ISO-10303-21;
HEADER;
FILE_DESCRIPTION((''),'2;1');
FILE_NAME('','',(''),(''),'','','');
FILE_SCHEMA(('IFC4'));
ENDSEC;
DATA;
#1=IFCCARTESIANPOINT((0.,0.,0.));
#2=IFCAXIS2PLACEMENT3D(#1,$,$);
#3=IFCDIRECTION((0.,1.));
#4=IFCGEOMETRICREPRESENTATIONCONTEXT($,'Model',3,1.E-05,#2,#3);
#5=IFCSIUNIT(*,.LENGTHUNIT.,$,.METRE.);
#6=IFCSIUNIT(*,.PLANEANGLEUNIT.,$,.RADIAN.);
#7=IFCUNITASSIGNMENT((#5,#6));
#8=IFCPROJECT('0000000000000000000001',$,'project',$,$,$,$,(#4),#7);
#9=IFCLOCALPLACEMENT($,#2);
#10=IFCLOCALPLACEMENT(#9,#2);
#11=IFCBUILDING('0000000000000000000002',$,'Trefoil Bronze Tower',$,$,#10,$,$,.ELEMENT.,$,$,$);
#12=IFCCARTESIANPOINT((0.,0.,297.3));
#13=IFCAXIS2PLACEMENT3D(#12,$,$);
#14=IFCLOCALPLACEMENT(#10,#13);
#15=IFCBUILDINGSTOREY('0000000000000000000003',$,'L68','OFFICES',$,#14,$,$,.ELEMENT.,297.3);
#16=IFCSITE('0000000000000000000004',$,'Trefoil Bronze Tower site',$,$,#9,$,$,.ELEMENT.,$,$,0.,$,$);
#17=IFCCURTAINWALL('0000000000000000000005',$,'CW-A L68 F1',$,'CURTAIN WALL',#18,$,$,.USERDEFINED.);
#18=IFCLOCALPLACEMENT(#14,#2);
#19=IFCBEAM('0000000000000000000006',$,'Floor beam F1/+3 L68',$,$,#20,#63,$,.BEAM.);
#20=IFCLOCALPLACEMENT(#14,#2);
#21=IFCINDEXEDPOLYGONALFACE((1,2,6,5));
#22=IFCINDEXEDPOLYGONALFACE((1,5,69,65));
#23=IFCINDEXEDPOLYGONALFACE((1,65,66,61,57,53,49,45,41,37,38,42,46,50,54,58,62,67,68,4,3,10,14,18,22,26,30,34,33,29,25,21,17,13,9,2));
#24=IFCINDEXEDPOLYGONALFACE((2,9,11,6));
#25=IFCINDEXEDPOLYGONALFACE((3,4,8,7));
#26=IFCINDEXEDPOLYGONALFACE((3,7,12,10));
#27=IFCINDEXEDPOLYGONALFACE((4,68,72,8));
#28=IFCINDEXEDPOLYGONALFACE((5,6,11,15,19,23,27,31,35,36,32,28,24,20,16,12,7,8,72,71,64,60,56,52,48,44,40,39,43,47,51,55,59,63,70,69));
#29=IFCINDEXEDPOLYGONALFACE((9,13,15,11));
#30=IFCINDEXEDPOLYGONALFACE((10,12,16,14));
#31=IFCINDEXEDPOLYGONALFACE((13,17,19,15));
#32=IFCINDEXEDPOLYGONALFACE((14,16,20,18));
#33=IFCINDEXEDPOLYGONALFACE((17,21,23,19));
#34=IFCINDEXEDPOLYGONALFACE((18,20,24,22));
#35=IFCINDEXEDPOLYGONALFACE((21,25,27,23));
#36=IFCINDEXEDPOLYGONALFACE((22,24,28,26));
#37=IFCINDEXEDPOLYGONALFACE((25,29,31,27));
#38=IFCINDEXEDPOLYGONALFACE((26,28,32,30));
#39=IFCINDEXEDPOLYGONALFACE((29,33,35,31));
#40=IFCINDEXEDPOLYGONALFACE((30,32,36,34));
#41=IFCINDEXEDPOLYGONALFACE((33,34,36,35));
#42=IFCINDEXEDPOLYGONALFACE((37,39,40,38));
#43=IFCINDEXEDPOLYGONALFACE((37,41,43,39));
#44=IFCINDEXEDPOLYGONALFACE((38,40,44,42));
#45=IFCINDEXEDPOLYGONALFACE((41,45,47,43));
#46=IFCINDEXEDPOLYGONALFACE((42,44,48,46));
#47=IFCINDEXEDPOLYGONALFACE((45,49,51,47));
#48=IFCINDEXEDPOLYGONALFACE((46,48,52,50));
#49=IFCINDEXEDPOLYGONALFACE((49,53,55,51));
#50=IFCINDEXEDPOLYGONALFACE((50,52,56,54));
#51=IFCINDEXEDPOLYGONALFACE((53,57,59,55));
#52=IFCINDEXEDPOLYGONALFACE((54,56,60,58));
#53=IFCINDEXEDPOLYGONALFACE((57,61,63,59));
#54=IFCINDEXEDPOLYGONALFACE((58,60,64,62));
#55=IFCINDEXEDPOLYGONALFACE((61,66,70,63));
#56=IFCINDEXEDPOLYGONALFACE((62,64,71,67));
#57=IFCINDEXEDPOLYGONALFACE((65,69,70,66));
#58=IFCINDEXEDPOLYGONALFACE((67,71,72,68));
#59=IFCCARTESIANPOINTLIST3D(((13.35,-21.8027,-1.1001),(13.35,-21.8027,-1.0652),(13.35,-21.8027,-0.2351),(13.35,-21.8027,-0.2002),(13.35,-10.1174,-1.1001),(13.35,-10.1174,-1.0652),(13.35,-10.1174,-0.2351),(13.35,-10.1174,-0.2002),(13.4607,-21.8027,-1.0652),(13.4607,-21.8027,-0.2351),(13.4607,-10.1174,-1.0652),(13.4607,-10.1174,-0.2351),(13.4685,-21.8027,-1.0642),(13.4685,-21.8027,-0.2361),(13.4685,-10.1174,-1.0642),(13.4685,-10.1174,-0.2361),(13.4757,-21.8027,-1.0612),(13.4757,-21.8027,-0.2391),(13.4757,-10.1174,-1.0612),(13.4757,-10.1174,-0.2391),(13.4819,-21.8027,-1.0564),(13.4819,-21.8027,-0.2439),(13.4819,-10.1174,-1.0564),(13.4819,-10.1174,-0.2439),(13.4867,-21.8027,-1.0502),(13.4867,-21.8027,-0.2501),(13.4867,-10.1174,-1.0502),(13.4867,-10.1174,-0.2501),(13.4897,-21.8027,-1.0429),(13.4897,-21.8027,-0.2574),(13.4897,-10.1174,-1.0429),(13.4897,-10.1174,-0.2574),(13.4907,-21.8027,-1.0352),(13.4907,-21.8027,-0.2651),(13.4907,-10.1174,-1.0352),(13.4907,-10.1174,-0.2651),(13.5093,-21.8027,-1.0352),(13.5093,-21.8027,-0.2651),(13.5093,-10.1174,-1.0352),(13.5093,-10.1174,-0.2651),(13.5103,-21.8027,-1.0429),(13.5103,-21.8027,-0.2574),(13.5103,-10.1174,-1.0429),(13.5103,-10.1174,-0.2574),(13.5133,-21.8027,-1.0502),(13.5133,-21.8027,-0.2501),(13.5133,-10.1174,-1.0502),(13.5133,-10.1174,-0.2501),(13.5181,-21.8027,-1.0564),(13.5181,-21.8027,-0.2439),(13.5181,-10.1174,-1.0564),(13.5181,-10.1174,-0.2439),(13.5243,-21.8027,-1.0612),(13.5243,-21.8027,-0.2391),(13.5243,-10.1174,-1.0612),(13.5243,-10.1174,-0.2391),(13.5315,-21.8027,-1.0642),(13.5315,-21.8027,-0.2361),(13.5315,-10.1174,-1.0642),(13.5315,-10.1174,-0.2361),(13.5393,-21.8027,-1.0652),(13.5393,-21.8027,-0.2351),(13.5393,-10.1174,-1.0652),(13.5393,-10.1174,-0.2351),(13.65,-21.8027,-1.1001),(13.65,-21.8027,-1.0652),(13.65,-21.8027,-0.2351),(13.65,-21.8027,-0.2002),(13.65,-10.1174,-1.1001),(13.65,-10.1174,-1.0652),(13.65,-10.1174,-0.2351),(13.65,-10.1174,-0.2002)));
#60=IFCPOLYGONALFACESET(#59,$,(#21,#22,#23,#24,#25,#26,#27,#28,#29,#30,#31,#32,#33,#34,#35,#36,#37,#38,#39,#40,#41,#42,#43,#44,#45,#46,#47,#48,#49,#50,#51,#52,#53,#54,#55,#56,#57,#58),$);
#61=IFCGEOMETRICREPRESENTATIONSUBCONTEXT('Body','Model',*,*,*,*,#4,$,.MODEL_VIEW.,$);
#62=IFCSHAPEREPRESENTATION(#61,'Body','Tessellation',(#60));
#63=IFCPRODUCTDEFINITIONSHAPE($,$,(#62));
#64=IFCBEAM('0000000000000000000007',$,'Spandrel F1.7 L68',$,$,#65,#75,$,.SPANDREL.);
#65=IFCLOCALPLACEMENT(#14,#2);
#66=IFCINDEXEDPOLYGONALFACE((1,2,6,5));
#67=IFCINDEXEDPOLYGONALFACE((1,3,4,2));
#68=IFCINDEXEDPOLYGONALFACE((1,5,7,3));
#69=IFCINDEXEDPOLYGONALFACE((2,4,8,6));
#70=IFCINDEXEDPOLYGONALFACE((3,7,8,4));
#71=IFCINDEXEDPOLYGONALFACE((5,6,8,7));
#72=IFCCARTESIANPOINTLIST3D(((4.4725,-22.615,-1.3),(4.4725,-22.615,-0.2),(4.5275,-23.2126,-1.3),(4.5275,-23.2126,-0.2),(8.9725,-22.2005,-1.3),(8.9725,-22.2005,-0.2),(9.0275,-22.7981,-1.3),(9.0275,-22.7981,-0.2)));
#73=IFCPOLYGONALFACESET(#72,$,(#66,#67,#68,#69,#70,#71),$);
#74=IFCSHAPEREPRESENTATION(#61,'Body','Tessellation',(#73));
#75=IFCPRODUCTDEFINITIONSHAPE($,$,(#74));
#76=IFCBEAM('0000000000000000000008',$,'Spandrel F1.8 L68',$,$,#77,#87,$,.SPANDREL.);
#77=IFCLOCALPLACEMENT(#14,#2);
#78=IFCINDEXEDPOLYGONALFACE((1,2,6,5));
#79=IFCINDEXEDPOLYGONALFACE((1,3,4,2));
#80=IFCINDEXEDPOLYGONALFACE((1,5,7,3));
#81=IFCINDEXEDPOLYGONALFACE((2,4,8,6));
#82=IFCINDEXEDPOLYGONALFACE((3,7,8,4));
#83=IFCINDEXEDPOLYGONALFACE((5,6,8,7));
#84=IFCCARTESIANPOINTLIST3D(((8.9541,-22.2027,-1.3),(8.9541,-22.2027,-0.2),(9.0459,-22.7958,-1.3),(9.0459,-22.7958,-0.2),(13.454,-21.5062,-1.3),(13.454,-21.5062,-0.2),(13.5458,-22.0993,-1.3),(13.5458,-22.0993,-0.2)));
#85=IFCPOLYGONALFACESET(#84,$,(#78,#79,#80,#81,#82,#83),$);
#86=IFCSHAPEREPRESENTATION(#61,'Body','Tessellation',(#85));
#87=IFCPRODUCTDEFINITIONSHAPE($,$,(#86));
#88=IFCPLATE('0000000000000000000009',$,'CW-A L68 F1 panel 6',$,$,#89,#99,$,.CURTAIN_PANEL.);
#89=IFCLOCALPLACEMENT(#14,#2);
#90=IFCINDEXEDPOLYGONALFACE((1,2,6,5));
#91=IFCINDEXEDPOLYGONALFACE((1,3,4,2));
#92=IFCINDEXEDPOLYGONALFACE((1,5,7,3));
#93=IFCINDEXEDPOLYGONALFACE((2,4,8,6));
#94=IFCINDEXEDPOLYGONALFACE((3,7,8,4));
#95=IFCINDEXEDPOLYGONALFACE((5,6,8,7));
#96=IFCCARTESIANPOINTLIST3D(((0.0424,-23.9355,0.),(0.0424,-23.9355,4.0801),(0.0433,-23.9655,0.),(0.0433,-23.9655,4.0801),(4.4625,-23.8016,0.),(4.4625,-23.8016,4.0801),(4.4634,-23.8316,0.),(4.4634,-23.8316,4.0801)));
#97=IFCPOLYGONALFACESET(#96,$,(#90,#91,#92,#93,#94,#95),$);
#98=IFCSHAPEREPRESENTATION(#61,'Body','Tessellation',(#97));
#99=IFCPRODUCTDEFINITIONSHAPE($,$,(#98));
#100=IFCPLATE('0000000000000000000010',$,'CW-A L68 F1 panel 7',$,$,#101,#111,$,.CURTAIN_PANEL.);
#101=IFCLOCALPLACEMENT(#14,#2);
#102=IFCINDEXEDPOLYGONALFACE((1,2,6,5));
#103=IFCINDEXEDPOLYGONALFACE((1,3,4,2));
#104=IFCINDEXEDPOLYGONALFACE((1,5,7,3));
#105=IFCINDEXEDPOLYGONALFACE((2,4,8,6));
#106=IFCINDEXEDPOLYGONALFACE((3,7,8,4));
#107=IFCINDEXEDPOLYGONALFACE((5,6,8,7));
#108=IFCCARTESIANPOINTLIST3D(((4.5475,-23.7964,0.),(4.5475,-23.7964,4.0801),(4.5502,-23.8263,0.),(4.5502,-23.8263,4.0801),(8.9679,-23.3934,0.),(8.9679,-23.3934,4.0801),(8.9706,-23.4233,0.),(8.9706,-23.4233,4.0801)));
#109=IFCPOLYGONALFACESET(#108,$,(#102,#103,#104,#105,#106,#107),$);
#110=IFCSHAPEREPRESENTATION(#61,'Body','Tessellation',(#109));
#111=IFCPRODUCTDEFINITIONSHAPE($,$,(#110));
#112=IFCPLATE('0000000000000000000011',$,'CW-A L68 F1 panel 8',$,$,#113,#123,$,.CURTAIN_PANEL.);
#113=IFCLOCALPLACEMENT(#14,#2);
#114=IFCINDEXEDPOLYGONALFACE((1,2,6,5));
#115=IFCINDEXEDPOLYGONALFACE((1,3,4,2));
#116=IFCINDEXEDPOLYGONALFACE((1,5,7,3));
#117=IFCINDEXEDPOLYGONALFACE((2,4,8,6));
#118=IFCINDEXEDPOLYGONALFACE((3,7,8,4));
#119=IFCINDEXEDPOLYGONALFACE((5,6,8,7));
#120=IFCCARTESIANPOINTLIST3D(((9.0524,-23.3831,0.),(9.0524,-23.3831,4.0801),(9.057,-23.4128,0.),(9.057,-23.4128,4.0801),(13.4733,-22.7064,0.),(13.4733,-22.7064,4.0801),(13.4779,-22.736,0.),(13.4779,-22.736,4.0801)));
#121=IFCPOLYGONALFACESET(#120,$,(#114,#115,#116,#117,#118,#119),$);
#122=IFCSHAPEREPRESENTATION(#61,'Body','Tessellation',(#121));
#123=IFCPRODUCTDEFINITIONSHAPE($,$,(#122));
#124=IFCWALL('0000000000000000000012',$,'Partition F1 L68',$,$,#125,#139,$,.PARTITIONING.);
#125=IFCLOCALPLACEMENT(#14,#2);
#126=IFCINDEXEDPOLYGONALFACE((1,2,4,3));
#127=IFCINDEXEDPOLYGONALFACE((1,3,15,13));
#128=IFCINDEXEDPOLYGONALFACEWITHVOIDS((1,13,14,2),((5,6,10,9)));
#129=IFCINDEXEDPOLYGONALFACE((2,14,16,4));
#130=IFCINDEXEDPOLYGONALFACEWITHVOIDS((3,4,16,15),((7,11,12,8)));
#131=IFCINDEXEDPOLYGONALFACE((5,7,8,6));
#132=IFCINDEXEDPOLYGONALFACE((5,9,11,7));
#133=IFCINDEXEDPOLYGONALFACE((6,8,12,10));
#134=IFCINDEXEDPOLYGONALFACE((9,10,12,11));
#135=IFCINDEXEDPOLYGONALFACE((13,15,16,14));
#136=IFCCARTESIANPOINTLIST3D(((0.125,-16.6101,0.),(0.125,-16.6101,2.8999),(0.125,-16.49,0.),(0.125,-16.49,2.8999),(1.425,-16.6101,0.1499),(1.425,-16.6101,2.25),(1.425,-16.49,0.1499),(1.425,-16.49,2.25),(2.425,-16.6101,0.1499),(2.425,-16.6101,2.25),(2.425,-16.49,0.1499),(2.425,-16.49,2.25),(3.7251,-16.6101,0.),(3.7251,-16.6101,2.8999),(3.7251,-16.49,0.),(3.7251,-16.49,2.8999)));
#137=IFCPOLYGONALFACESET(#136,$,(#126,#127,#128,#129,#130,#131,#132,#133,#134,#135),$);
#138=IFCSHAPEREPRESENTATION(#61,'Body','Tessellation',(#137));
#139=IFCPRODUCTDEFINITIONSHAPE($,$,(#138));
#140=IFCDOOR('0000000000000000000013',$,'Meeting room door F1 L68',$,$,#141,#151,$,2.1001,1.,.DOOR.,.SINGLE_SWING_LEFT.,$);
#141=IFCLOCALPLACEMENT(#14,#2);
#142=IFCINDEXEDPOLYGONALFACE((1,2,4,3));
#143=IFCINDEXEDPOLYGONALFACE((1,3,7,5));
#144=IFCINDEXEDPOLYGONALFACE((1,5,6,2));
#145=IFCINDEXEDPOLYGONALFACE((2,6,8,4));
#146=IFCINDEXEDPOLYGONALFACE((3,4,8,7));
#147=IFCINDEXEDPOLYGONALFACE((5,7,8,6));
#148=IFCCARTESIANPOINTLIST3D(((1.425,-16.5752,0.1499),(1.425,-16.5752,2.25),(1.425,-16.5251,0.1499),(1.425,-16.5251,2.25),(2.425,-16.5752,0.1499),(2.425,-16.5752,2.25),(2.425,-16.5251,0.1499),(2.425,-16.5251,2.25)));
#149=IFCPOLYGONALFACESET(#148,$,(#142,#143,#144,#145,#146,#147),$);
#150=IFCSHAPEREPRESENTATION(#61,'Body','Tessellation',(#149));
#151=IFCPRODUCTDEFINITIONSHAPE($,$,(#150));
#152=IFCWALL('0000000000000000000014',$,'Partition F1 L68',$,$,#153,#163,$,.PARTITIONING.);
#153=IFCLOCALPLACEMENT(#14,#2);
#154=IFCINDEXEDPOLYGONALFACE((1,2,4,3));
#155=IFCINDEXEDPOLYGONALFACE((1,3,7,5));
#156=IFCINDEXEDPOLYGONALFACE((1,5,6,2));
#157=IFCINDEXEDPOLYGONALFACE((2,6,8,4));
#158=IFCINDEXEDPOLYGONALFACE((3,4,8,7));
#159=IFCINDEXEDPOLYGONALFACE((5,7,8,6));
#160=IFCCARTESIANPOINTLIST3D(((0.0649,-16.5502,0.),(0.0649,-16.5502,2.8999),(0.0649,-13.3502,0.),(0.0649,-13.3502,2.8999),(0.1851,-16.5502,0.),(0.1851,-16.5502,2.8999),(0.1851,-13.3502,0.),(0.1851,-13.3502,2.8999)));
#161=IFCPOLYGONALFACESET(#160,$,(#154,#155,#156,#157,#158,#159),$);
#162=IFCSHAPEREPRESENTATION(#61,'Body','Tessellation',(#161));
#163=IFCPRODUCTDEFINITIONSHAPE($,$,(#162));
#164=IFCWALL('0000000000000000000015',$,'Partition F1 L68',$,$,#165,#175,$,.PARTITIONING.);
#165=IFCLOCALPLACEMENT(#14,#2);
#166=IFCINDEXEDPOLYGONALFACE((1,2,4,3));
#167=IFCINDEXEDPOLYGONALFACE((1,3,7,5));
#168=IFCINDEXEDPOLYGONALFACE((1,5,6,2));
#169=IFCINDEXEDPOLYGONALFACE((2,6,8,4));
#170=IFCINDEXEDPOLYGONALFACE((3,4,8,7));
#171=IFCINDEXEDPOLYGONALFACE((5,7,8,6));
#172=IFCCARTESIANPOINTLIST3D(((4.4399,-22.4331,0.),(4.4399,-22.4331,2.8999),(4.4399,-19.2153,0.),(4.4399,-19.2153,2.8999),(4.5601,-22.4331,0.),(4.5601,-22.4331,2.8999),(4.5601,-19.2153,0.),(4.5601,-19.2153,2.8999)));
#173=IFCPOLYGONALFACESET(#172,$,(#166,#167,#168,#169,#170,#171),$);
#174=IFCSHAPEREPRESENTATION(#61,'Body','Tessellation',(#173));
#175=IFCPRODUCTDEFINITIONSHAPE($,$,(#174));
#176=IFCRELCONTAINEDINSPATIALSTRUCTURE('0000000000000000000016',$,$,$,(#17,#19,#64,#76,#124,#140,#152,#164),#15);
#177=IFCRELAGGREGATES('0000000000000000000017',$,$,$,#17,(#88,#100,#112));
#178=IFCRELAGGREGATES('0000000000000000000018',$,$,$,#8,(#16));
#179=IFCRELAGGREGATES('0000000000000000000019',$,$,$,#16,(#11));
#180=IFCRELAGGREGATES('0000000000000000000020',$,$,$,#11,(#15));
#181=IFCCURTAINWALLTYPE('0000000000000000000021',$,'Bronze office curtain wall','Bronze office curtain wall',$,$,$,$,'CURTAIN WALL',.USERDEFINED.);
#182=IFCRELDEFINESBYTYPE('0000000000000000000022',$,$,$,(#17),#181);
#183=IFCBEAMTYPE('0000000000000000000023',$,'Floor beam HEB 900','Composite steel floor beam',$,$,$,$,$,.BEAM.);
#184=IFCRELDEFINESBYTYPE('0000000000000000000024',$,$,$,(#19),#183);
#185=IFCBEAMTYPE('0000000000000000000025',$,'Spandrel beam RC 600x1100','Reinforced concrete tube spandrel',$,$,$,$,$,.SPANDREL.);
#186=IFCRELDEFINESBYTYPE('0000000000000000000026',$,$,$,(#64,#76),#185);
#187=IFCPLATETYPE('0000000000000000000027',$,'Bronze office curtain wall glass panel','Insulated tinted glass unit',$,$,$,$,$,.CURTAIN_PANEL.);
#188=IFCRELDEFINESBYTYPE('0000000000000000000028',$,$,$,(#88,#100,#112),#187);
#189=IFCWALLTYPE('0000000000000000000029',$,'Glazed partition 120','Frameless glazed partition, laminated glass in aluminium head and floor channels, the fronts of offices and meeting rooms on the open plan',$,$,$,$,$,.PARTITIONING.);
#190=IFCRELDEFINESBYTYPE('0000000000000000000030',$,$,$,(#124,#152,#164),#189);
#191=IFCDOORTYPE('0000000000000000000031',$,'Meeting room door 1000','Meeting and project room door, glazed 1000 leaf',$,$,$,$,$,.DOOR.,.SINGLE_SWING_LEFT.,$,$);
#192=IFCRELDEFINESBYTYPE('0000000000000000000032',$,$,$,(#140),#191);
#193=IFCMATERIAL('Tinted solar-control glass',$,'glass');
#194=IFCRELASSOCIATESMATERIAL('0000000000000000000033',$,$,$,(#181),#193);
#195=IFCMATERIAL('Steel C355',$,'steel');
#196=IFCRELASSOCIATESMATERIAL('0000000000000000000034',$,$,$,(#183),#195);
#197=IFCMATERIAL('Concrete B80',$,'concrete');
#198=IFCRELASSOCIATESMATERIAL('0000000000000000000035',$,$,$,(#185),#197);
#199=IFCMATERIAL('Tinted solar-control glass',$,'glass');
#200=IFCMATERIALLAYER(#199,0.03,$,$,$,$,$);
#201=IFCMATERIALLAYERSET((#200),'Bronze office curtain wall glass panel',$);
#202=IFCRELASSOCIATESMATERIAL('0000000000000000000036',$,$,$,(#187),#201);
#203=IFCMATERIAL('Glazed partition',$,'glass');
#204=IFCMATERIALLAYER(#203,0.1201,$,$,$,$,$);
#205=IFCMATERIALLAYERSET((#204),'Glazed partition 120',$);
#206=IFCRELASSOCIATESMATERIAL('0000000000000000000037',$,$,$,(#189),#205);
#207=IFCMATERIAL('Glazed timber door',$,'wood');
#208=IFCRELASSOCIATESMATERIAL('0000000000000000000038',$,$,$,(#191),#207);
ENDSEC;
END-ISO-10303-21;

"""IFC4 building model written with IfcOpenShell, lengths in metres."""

from ifc_helpers import new_model, si_unit, direction, frame, frame_2d, origin, origin_2d, place, context, subcontext, project, spatial, rectangle, i_section, extrude, material, layer, layer_set, material_profile, profile_set, type_object, element, fill, aggregate, save


model = new_model("IFC4")

# Units and contexts
model_context = context("Model", 3, precision=1e-05, world=origin(), true_north=direction((0.0, 1.0)))
body_context = subcontext(model_context, "Body", "Model", "MODEL_VIEW")
ifc_project = project(units=[si_unit("LENGTHUNIT", "METRE"), si_unit("PLANEANGLEUNIT", "RADIAN")], contexts=[model_context])

# Site, building, storey
site_placement = place(None, origin())
site = spatial("IfcSite", under=ifc_project, at=site_placement, Name="Trefoil Bronze Tower site", CompositionType="ELEMENT", RefElevation=0.0)
building_placement = place(site_placement, origin())
building = spatial("IfcBuilding", under=site, at=building_placement, Name="Trefoil Bronze Tower", CompositionType="ELEMENT")
storey_placement = place(building_placement, frame((0.0, 0.0, 297.3)))
storey = spatial("IfcBuildingStorey", under=building, at=storey_placement, Name="L68", Description="OFFICES", CompositionType="ELEMENT", Elevation=297.3)

# Curtain wall
ifc_material_1 = material(Name="Tinted solar-control glass", Category="glass")
curtain_wall_type = type_object("IfcCurtainWallType", Name="Bronze office curtain wall", Description="Bronze office curtain wall", ElementType="CURTAIN WALL", PredefinedType="USERDEFINED", material=ifc_material_1)
curtain_wall_placement = place(storey_placement, origin())
curtain_wall = element("IfcCurtainWall", 1, at=curtain_wall_placement, inside=storey, type_object=curtain_wall_type, Name="CW-A L68 F1", ObjectType="CURTAIN WALL", PredefinedType="USERDEFINED")

# Beams
ifc_material_2 = material(Name="Steel C355", Category="steel")
ifc_material_profile_1 = material_profile(ifc_material_2, i_section(OverallWidth=0.3, OverallDepth=0.8999, WebThickness=0.0186, FlangeThickness=0.0349, FilletRadius=0.03, at=origin_2d()), Name="HEB 900")
ifc_profile_set_1 = profile_set([ifc_material_profile_1], Name="Steel C355")
beam_type_1 = type_object("IfcBeamType", Name="Floor beam HEB 900", Description="Composite steel floor beam", PredefinedType="BEAM", material=ifc_profile_set_1)
beam_1_placement = place(storey_placement, frame((13.5, -21.8027, -0.6501), z_axis=(0.0, 1.0, 0.0), x_axis=(-1.0, 0.0, 0.0)))
element("IfcBeam", 2, at=beam_1_placement, inside=storey, type_object=beam_type_1, Name="Floor beam F1/+3 L68", PredefinedType="BEAM", context=body_context, shape_type="SweptSolid", body=[
    extrude(i_section(OverallWidth=0.3, OverallDepth=0.8999, WebThickness=0.0186, FlangeThickness=0.0349, FilletRadius=0.03, at=origin_2d()), origin(), (0.0, 0.0, 1.0), 11.6853),
])
ifc_material_3 = material(Name="Concrete B80", Category="concrete")
ifc_material_profile_2 = material_profile(ifc_material_3, rectangle(XDim=0.6001, YDim=1.1001, at=origin_2d()), Name="RC 600x1100")
ifc_profile_set_2 = profile_set([ifc_material_profile_2], Name="Concrete B80")
beam_type_2 = type_object("IfcBeamType", Name="Spandrel beam RC 600x1100", Description="Reinforced concrete tube spandrel", PredefinedType="SPANDREL", material=ifc_profile_set_2)
beam_2_placement = place(storey_placement, frame((4.5, -22.9138, -0.75), z_axis=(0.995784, 0.091734, 0.0), x_axis=(-0.091734, 0.995784, 0.0)))
element("IfcBeam", 3, at=beam_2_placement, inside=storey, type_object=beam_type_2, Name="Spandrel F1.7 L68", PredefinedType="SPANDREL", context=body_context, shape_type="SweptSolid", body=[
    extrude(rectangle(XDim=0.6001, YDim=1.1001, at=origin_2d()), origin(), (0.0, 0.0, 1.0), 4.519),
])
beam_3_placement = place(storey_placement, frame((9.0, -22.4993, -0.75), z_axis=(0.988232, 0.152964, 0.0), x_axis=(-0.152964, 0.988232, 0.0)))
element("IfcBeam", 4, at=beam_3_placement, inside=storey, type_object=beam_type_2, Name="Spandrel F1.8 L68", PredefinedType="SPANDREL", context=body_context, shape_type="SweptSolid", body=[
    extrude(rectangle(XDim=0.6001, YDim=1.1001, at=origin_2d()), origin(), (0.0, 0.0, 1.0), 4.5535),
])

# Plates
ifc_material_4 = material(Name="Tinted solar-control glass", Category="glass")
ifc_layer_1 = layer(ifc_material_4, 0.03)
ifc_layer_set_1 = layer_set([ifc_layer_1], Name="Bronze office curtain wall glass panel")
plate_type = type_object("IfcPlateType", Name="Bronze office curtain wall glass panel", Description="Insulated tinted glass unit", PredefinedType="CURTAIN_PANEL", material=ifc_layer_set_1)
plate_1_placement = place(storey_placement, frame((2.2529, -23.8835, 0.0), z_axis=(0.0, 0.0, 1.0), x_axis=(0.999542, 0.030263, 0.0)))
plate_1 = element("IfcPlate", 5, at=plate_1_placement, type_object=plate_type, Name="CW-A L68 F1 panel 6", PredefinedType="CURTAIN_PANEL", context=body_context, shape_type="SweptSolid", body=[
    extrude(rectangle(XDim=4.4221, YDim=0.03, at=origin_2d()), origin(), (0.0, 0.0, 1.0), 4.0801),
])
plate_2_placement = place(storey_placement, frame((6.759, -23.6099, 0.0), z_axis=(0.0, 0.0, 1.0), x_axis=(0.99587, 0.090789, 0.0)))
plate_2 = element("IfcPlate", 6, at=plate_2_placement, type_object=plate_type, Name="CW-A L68 F1 panel 7", PredefinedType="CURTAIN_PANEL", context=body_context, shape_type="SweptSolid", body=[
    extrude(rectangle(XDim=4.4387, YDim=0.03, at=origin_2d()), origin(), (0.0, 0.0, 1.0), 4.0801),
])
plate_3_placement = place(storey_placement, frame((11.2651, -23.0596, 0.0), z_axis=(0.0, 0.0, 1.0), x_axis=(0.988485, 0.151317, 0.0)))
plate_3 = element("IfcPlate", 7, at=plate_3_placement, type_object=plate_type, Name="CW-A L68 F1 panel 8", PredefinedType="CURTAIN_PANEL", context=body_context, shape_type="SweptSolid", body=[
    extrude(rectangle(XDim=4.4724, YDim=0.03, at=origin_2d()), origin(), (0.0, 0.0, 1.0), 4.0801),
])
aggregate(curtain_wall, [plate_1, plate_2, plate_3])

# Wall, opening, door
ifc_material_5 = material(Name="Glazed partition", Category="glass")
ifc_layer_2 = layer(ifc_material_5, 0.1201)
ifc_layer_set_2 = layer_set([ifc_layer_2], Name="Glazed partition 120")
wall_type_1 = type_object("IfcWallType", Name="Glazed partition 120", Description="Frameless glazed partition, laminated glass in aluminium head and floor channels, the fronts of offices and meeting rooms on the open plan", PredefinedType="PARTITIONING", material=ifc_layer_set_2)
wall_1_placement = place(storey_placement, frame((0.125, -16.55, 0.0), z_axis=(0.0, 0.0, 1.0), x_axis=(1.0, 0.0, 0.0)))
wall_1 = element("IfcWall", 8, at=wall_1_placement, inside=storey, type_object=wall_type_1, Name="Partition F1 L68", PredefinedType="PARTITIONING", context=body_context, shape_type="SweptSolid", body=[
    extrude(rectangle(XDim=3.6001, YDim=0.1201, at=frame_2d((1.8, 0.0))), origin(), (0.0, 0.0, 1.0), 2.8999),
])
opening_placement = place(wall_1_placement, frame((1.3, 0.0, 0.1499)))
opening = element("IfcOpeningElement", 9, at=opening_placement, cuts=wall_1, PredefinedType="OPENING", context=body_context, shape_type="SweptSolid", body=[
    extrude(rectangle(XDim=1.0, YDim=2.1001, at=frame_2d((0.5, 1.05))), frame((0.0, 0.0701, 0.0), z_axis=(0.0, -1.0, 0.0), x_axis=(1.0, 0.0, 0.0)), (0.0, 0.0, 1.0), 0.1401),
])
ifc_material_6 = material(Name="Glazed timber door", Category="wood")
door_type = type_object("IfcDoorType", Name="Meeting room door 1000", Description="Meeting and project room door, glazed 1000 leaf", OperationType="SINGLE_SWING_LEFT", PredefinedType="DOOR", material=ifc_material_6)
door_placement = place(opening_placement, origin())
door = element("IfcDoor", 10, at=door_placement, inside=storey, type_object=door_type, Name="Meeting room door F1 L68", OperationType="SINGLE_SWING_LEFT", OverallHeight=2.1001, OverallWidth=1.0, PredefinedType="DOOR", context=body_context, shape_type="SweptSolid", body=[
    extrude(rectangle(XDim=1.0, YDim=2.1001, at=frame_2d((0.5, 1.05))), frame((0.0, 0.0249, 0.0), z_axis=(0.0, -1.0, 0.0), x_axis=(1.0, 0.0, 0.0)), (0.0, 0.0, 1.0), 0.05),
])
fill(opening, door)

# Walls
wall_2_placement = place(storey_placement, frame((0.125, -13.3501, 0.0), z_axis=(0.0, 0.0, 1.0), x_axis=(0.0, -1.0, 0.0)))
element("IfcWall", 11, at=wall_2_placement, inside=storey, type_object=wall_type_1, Name="Partition F1 L68", PredefinedType="PARTITIONING", context=body_context, shape_type="SweptSolid", body=[
    extrude(rectangle(XDim=3.2, YDim=0.1201, at=frame_2d((1.6001, 0.0))), origin(), (0.0, 0.0, 1.0), 2.8999),
])
wall_3_placement = place(storey_placement, frame((4.5, -19.2153, 0.0), z_axis=(0.0, 0.0, 1.0), x_axis=(0.0, -1.0, 0.0)))
element("IfcWall", 12, at=wall_3_placement, inside=storey, type_object=wall_type_1, Name="Partition F1 L68", PredefinedType="PARTITIONING", context=body_context, shape_type="SweptSolid", body=[
    extrude(rectangle(XDim=3.2178, YDim=0.1201, at=frame_2d((1.6089, 0.0))), origin(), (0.0, 0.0, 1.0), 2.8999),
])

save(model, "model.ifc")
